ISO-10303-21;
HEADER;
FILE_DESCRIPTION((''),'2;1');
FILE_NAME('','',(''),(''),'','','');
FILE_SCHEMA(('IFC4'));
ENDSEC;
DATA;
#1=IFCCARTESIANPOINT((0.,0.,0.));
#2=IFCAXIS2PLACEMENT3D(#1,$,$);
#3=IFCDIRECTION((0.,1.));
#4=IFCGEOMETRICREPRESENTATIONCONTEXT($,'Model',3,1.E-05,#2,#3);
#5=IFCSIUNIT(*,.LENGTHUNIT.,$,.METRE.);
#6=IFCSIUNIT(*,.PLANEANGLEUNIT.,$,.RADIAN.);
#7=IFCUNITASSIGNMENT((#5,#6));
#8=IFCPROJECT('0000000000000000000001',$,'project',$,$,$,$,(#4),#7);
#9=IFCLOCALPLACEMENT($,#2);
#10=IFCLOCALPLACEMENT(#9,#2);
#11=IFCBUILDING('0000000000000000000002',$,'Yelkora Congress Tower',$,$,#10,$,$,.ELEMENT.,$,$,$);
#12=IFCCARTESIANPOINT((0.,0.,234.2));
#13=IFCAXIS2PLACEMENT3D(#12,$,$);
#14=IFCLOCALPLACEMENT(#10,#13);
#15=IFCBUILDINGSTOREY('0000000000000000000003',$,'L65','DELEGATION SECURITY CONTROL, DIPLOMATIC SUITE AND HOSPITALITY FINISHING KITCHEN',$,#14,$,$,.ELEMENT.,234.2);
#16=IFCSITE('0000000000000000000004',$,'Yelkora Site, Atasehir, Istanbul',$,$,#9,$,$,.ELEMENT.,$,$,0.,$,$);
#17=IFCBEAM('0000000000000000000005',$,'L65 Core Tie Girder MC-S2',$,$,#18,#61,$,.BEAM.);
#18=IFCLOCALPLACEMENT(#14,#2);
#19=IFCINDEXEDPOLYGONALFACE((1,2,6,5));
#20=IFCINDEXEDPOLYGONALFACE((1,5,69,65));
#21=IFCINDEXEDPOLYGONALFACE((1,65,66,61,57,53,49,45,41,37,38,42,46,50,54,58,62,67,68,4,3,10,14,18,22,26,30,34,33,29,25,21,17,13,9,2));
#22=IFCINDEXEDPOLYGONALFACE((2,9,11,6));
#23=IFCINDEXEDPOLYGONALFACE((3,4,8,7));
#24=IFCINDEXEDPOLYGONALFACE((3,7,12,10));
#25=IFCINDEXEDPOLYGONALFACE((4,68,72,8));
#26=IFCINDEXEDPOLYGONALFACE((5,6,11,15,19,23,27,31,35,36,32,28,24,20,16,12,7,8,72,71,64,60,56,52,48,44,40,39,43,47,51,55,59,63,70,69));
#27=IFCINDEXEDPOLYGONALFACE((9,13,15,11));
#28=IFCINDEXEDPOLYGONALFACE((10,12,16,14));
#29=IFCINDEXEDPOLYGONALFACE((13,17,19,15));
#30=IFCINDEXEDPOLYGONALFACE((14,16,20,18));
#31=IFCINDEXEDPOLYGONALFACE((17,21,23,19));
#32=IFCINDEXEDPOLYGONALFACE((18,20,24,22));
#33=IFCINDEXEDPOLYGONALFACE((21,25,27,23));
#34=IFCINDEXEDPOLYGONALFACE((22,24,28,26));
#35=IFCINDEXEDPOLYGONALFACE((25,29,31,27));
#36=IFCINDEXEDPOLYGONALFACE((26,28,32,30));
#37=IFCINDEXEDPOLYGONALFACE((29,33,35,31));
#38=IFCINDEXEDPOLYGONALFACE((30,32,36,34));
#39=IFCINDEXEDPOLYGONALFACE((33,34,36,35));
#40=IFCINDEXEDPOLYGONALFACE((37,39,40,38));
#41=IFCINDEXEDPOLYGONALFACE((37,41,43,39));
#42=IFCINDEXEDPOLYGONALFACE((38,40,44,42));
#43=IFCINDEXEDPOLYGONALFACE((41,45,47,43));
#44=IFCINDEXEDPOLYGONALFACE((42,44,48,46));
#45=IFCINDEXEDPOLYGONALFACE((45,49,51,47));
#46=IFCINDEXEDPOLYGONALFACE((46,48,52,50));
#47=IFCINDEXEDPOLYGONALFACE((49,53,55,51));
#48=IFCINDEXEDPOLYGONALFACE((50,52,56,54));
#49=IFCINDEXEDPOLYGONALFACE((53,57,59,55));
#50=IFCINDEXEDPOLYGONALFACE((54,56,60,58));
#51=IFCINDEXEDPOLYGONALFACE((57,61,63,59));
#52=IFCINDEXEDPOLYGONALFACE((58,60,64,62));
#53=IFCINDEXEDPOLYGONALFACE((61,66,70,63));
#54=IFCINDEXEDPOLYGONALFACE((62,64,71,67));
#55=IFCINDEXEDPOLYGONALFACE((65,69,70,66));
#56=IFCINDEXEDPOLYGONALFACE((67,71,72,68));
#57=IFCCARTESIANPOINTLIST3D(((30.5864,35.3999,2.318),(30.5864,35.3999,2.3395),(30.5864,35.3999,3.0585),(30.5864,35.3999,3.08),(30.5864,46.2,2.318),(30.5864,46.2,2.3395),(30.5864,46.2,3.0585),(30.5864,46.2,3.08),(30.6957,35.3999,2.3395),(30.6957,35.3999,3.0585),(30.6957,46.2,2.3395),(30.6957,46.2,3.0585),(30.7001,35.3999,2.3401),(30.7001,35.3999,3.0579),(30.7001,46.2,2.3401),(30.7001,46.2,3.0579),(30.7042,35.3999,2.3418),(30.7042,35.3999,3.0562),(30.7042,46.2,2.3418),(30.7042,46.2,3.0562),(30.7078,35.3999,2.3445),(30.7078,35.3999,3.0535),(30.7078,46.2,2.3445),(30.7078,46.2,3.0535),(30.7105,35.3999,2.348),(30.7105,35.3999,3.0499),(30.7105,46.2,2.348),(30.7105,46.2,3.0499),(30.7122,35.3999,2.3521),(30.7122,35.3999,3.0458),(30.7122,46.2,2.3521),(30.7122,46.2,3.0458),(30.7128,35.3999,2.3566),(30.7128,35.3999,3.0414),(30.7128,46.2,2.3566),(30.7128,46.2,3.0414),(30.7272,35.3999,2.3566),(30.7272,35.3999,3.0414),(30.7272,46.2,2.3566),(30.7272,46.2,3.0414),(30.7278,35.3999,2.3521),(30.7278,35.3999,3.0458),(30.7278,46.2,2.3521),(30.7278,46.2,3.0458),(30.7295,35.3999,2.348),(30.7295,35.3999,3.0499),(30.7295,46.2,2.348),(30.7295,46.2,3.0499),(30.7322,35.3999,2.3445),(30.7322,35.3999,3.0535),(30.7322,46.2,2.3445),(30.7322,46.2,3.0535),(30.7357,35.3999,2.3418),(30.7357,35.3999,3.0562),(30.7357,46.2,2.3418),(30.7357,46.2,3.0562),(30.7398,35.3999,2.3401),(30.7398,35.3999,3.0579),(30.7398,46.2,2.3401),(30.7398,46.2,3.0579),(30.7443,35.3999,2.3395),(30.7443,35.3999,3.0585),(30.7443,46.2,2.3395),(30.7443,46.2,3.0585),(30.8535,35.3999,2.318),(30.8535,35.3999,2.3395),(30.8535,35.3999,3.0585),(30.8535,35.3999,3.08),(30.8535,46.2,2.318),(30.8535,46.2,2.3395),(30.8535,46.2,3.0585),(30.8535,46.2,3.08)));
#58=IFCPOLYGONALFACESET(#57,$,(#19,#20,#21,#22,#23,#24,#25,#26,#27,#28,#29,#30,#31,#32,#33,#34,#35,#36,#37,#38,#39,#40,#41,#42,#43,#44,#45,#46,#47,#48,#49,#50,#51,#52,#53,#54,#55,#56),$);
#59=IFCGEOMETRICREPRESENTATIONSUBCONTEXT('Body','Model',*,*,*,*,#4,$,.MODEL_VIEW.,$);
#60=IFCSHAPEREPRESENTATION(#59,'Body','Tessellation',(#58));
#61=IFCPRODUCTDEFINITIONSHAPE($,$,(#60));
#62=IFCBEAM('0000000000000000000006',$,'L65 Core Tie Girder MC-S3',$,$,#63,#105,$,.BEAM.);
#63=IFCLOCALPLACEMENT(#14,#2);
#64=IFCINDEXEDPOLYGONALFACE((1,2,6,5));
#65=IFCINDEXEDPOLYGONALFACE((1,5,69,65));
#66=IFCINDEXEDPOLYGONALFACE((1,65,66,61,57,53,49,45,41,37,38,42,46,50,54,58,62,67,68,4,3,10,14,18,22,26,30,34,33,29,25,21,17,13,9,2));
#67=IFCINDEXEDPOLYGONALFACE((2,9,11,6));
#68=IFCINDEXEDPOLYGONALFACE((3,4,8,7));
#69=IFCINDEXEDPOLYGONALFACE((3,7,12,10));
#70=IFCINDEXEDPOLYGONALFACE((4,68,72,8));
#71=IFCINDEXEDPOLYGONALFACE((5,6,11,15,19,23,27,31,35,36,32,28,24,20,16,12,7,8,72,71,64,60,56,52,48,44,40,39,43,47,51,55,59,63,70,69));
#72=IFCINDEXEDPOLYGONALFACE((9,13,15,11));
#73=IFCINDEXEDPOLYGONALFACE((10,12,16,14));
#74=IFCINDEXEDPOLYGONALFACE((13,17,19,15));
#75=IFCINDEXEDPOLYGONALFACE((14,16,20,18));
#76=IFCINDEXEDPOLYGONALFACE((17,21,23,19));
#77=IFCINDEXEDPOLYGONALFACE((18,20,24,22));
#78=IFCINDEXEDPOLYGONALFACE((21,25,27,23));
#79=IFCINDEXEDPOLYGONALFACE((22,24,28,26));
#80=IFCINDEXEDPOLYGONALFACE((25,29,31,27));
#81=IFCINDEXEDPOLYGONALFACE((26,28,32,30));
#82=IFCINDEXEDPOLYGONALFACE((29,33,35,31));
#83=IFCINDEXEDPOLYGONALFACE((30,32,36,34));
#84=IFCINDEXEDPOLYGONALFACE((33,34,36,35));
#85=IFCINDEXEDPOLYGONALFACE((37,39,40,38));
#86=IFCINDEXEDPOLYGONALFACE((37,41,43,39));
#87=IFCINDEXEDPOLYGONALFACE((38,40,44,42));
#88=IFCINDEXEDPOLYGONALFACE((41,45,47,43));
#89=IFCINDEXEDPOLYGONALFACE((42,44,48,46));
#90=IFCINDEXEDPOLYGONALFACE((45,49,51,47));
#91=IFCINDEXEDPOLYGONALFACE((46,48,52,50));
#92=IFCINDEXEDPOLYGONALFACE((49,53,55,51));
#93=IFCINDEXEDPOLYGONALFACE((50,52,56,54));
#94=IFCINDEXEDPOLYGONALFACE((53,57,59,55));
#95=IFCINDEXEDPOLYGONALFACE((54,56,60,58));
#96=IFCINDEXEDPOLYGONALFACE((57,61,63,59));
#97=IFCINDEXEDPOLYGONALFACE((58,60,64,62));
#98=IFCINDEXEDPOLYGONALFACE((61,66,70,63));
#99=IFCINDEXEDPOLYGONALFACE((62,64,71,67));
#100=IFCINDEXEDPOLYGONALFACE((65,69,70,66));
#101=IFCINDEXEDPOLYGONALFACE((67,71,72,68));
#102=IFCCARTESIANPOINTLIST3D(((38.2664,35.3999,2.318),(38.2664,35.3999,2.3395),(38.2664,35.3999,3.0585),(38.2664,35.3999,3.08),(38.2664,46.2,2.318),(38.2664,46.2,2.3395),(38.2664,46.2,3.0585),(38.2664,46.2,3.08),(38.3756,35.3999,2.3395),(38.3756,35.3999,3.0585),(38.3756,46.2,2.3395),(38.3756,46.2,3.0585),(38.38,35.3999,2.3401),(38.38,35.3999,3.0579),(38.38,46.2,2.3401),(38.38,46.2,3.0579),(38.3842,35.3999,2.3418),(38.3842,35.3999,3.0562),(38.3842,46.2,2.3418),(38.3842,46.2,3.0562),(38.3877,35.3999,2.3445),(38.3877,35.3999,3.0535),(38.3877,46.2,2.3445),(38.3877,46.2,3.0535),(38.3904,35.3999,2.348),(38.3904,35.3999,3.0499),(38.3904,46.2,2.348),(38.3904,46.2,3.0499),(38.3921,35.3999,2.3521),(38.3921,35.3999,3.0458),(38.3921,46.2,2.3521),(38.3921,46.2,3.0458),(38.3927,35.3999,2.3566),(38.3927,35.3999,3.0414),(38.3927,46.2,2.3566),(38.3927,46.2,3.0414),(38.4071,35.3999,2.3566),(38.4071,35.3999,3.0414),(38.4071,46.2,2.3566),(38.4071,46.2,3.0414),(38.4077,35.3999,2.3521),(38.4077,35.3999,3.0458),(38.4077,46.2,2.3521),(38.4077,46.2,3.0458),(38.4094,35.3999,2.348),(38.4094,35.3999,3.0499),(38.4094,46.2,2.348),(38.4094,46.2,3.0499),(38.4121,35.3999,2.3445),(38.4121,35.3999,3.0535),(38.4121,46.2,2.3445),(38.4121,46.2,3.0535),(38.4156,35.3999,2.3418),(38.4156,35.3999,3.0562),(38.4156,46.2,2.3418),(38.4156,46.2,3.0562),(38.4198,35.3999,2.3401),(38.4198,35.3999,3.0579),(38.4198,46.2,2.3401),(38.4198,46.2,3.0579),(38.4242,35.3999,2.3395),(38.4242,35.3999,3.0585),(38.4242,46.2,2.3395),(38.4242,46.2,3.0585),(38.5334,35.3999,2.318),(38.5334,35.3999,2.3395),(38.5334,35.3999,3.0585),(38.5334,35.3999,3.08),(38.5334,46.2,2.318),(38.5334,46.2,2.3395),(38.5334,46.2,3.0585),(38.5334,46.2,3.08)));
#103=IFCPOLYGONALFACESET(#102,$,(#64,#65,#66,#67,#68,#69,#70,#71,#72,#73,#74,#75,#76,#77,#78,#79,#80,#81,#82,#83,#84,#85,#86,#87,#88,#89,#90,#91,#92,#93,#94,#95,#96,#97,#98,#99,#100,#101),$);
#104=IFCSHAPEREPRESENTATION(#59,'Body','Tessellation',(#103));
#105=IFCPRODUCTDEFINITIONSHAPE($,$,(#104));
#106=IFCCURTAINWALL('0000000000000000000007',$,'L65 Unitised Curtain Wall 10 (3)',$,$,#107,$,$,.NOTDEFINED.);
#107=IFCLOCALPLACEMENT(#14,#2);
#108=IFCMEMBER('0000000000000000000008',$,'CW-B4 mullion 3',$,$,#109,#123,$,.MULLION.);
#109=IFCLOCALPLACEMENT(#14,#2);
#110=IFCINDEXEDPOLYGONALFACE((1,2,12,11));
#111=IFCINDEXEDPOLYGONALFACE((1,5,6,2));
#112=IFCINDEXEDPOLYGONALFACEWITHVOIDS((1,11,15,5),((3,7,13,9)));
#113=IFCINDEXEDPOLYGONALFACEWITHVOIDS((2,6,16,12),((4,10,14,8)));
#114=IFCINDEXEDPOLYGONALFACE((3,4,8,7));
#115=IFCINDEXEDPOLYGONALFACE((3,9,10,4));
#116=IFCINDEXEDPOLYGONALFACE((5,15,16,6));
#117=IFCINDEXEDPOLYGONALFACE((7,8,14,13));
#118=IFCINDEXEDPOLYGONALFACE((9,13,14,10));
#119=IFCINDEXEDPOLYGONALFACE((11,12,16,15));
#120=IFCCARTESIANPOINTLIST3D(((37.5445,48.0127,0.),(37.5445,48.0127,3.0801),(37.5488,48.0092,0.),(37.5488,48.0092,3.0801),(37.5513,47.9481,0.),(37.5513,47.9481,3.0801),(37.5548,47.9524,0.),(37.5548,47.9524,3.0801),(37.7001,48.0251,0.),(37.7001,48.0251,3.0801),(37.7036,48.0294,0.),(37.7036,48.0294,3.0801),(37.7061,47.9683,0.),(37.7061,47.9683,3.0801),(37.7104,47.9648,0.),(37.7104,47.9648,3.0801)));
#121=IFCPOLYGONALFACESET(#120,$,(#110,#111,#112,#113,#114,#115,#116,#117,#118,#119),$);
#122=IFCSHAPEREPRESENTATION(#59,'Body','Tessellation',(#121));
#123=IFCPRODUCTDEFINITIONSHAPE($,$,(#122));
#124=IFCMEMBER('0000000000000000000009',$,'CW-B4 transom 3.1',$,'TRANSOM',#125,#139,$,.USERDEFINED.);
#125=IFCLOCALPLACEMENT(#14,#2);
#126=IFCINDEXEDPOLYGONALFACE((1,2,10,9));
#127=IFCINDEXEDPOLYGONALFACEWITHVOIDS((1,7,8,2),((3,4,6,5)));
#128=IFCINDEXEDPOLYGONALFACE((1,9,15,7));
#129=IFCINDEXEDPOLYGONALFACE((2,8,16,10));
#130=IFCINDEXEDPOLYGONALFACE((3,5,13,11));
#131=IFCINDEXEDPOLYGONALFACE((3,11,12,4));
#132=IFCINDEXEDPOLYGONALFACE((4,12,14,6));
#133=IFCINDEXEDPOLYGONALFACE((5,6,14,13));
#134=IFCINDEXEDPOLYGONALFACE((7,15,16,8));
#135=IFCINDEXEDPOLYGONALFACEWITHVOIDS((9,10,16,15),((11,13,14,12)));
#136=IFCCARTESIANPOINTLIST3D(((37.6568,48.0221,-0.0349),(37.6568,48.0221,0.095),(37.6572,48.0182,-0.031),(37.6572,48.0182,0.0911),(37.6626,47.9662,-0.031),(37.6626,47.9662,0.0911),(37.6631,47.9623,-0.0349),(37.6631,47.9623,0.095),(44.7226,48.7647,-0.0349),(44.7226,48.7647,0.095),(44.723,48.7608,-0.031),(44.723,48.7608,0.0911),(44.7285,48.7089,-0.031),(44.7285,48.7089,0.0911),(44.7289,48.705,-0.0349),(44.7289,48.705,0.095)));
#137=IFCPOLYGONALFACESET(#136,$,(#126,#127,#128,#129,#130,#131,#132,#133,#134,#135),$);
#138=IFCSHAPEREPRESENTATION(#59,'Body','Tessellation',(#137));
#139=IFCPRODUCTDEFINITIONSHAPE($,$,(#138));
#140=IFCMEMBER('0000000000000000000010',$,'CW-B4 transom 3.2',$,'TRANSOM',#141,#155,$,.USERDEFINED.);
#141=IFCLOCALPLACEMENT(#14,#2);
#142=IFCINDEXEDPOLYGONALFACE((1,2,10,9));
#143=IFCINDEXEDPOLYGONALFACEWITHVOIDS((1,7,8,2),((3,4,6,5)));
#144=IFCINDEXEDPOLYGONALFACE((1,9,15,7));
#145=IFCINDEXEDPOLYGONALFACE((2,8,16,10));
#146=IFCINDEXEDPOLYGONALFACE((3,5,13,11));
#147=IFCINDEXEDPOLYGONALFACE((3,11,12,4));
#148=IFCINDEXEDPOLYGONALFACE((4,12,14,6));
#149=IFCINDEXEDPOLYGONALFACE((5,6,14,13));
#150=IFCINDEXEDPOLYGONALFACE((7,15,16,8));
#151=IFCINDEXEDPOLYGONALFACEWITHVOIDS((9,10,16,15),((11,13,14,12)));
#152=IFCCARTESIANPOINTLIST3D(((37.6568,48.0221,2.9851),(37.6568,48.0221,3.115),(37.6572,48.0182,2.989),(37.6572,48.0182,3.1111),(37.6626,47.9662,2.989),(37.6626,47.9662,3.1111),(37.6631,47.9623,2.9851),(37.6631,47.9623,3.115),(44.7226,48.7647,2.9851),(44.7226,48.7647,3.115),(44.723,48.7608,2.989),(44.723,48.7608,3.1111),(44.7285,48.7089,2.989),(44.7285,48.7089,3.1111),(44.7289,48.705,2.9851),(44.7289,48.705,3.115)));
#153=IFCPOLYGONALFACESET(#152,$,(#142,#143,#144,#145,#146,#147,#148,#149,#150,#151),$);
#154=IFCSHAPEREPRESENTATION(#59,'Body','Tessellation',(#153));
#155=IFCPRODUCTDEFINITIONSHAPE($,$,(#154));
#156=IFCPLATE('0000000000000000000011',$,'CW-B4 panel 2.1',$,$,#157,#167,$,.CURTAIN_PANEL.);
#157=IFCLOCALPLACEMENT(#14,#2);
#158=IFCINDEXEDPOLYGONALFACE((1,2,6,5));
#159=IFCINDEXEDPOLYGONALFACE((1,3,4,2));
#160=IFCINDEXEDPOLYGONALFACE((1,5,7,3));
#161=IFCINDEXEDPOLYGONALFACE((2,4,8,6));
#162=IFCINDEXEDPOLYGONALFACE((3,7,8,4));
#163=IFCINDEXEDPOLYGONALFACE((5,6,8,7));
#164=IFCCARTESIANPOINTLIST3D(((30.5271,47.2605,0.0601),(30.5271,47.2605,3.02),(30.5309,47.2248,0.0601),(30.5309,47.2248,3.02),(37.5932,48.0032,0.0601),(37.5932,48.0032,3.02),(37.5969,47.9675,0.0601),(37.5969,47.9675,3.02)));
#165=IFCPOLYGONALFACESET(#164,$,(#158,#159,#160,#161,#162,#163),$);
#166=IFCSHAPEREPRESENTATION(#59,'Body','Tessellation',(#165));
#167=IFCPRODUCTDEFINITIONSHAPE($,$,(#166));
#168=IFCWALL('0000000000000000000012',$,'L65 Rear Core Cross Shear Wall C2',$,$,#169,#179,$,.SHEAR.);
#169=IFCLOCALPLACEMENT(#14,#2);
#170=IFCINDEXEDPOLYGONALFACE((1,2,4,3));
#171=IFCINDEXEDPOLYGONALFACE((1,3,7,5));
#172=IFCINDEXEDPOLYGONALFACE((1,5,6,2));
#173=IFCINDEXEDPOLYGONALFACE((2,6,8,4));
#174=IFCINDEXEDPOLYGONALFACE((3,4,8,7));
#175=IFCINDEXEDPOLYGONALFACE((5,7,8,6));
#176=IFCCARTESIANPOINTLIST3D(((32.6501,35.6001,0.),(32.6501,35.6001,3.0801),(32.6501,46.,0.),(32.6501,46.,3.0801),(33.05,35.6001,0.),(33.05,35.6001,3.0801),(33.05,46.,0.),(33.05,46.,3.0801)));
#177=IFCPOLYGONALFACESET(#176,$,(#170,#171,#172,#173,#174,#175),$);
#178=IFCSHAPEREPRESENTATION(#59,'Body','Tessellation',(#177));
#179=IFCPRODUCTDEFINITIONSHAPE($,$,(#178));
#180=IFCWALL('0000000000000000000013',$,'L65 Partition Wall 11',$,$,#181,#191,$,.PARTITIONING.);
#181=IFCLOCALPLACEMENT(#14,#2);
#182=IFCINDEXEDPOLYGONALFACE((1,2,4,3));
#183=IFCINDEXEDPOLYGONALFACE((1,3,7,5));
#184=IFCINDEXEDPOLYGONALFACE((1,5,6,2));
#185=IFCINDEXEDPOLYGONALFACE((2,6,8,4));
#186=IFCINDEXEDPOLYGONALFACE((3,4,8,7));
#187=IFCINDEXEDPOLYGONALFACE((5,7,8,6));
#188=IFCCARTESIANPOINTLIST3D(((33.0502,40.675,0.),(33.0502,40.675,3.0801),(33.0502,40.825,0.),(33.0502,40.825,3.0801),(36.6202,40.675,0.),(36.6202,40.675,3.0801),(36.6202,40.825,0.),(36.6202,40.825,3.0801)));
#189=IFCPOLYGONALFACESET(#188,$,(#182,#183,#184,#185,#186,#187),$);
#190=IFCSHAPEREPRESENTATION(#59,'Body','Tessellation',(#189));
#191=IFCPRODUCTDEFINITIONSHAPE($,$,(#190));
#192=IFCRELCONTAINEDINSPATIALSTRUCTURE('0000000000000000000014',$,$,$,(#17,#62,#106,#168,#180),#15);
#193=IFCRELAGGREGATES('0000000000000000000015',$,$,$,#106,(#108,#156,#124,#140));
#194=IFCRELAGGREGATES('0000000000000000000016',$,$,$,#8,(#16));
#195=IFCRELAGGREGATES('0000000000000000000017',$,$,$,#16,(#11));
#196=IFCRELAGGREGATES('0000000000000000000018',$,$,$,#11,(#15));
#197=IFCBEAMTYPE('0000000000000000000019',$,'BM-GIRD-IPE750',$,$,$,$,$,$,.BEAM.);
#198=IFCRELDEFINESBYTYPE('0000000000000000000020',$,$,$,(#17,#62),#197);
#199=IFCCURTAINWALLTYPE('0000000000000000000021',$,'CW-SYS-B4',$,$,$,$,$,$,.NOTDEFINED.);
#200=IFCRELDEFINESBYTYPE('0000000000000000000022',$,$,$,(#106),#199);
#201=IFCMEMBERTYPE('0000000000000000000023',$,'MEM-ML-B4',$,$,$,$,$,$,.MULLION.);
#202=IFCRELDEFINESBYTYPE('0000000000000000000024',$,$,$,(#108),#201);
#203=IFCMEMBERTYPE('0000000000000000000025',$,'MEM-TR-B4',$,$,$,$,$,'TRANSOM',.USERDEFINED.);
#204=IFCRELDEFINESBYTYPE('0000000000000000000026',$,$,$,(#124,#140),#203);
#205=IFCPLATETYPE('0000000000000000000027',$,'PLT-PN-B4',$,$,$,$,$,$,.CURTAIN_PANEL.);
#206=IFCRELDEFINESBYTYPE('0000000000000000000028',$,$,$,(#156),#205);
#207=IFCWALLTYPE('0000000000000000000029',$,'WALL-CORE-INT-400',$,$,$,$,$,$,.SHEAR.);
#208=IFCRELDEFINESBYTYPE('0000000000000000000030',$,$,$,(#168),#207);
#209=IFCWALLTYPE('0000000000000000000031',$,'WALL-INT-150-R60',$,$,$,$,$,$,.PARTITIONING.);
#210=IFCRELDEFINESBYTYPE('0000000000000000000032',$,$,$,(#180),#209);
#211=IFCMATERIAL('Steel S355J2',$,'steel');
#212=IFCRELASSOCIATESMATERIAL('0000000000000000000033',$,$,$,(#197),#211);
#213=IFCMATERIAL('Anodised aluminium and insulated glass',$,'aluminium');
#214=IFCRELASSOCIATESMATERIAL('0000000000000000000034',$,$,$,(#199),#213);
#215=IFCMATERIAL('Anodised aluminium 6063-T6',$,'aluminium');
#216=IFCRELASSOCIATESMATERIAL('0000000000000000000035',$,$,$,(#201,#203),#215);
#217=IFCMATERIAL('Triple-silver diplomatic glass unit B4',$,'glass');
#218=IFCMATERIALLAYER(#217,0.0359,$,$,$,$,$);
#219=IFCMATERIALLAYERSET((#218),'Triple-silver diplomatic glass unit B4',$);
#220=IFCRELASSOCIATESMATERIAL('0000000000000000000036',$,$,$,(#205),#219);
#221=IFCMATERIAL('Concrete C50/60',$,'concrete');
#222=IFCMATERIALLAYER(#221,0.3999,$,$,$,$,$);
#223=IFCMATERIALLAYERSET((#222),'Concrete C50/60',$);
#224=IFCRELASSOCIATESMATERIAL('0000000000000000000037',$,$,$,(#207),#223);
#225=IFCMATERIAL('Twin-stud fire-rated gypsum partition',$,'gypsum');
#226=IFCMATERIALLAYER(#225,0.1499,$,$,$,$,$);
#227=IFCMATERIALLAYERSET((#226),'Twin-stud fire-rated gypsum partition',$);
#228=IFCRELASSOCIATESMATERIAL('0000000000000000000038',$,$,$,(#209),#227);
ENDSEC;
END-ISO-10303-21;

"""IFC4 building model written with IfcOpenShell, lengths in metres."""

from ifc_helpers import new_model, si_unit, direction, frame, frame_2d, origin, origin_2d, place, context, subcontext, project, spatial, rectangle, hollow_rectangle, i_section, extrude, material, layer, layer_set, material_profile, profile_set, type_object, element, aggregate, save


model = new_model("IFC4")

# Units and contexts
model_context = context("Model", 3, precision=1e-05, world=origin(), true_north=direction((0.0, 1.0)))
body_context = subcontext(model_context, "Body", "Model", "MODEL_VIEW")
ifc_project = project(units=[si_unit("LENGTHUNIT", "METRE"), si_unit("PLANEANGLEUNIT", "RADIAN")], contexts=[model_context])

# Site, building, storey
site_placement = place(None, origin())
site = spatial("IfcSite", under=ifc_project, at=site_placement, Name="Yelkora Site, Atasehir, Istanbul", CompositionType="ELEMENT", RefElevation=0.0)
building_placement = place(site_placement, origin())
building = spatial("IfcBuilding", under=site, at=building_placement, Name="Yelkora Congress Tower", CompositionType="ELEMENT")
storey_placement = place(building_placement, frame((0.0, 0.0, 234.2)))
storey = spatial("IfcBuildingStorey", under=building, at=storey_placement, Name="L65", Description="DELEGATION SECURITY CONTROL, DIPLOMATIC SUITE AND HOSPITALITY FINISHING KITCHEN", CompositionType="ELEMENT", Elevation=234.2)

# Beams
ifc_material_1 = material(Name="Steel S355J2", Category="steel")
ifc_material_profile_1 = material_profile(ifc_material_1, i_section(OverallWidth=0.2671, OverallDepth=0.762, WebThickness=0.0144, FlangeThickness=0.0215, FilletRadius=0.0171, at=origin_2d()), Name="IPE 750x173")
ifc_profile_set_1 = profile_set([ifc_material_profile_1], Name="Steel S355J2")
beam_type = type_object("IfcBeamType", Name="BM-GIRD-IPE750", PredefinedType="BEAM", material=ifc_profile_set_1)
for number, where, z_axis, x_axis, name in (
    (1, (30.72, 35.3999, 2.699), (0.0, 1.0, 0.0), (-1.0, 0.0, 0.0), "L65 Core Tie Girder MC-S2"),
    (2, (38.3999, 35.3999, 2.699), (0.0, 1.0, 0.0), (-1.0, 0.0, 0.0), "L65 Core Tie Girder MC-S3"),
):
    element("IfcBeam", number, at=place(storey_placement, frame(where, z_axis=z_axis, x_axis=x_axis)), inside=storey, type_object=beam_type, Name=name, PredefinedType="BEAM", context=body_context, shape_type="SweptSolid", body=[
        extrude(i_section(OverallWidth=0.2671, OverallDepth=0.762, WebThickness=0.0144, FlangeThickness=0.0215, FilletRadius=0.0171, at=origin_2d()), origin(), (0.0, 0.0, 1.0), 10.8),
    ])

# Curtain wall, members, plate
ifc_material_2 = material(Name="Anodised aluminium and insulated glass", Category="aluminium")
curtain_wall_type = type_object("IfcCurtainWallType", Name="CW-SYS-B4", PredefinedType="NOTDEFINED", material=ifc_material_2)
curtain_wall_placement = place(storey_placement, origin())
curtain_wall = element("IfcCurtainWall", 3, at=curtain_wall_placement, inside=storey, type_object=curtain_wall_type, Name="L65 Unitised Curtain Wall 10 (3)", PredefinedType="NOTDEFINED")
ifc_material_3 = material(Name="Anodised aluminium 6063-T6", Category="aluminium")
ifc_material_profile_2 = material_profile(ifc_material_3, hollow_rectangle(XDim=0.0649, YDim=0.1599, WallThickness=0.0039, at=origin_2d()), Name="ALU 65x160x4")
ifc_profile_set_2 = profile_set([ifc_material_profile_2], Name="Anodised aluminium 6063-T6")
member_type_1 = type_object("IfcMemberType", Name="MEM-ML-B4", PredefinedType="MULLION", material=ifc_profile_set_2)
member_1_placement = place(storey_placement, frame((37.6274, 47.9888, 0.0), z_axis=(0.0, 0.0, 1.0), x_axis=(-0.104528, 0.994522, 0.0)))
member_1 = element("IfcMember", 4, at=member_1_placement, type_object=member_type_1, Name="CW-B4 mullion 3", PredefinedType="MULLION", context=body_context, shape_type="SweptSolid", body=[
    extrude(hollow_rectangle(XDim=0.0649, YDim=0.1599, WallThickness=0.0039, at=origin_2d()), origin(), (0.0, 0.0, 1.0), 3.0801),
])
ifc_material_profile_3 = material_profile(ifc_material_3, hollow_rectangle(XDim=0.0601, YDim=0.1299, WallThickness=0.0039, at=origin_2d()), Name="ALU 60x130x4")
ifc_profile_set_3 = profile_set([ifc_material_profile_3], Name="Anodised aluminium 6063-T6")
member_type_2 = type_object("IfcMemberType", Name="MEM-TR-B4", ElementType="TRANSOM", PredefinedType="USERDEFINED", material=ifc_profile_set_3)
member_2_placement = place(storey_placement, frame((37.6599, 47.9922, 0.03), z_axis=(0.994522, 0.104531, 0.0), x_axis=(-0.104531, 0.994522, 0.0)))
member_2 = element("IfcMember", 5, at=member_2_placement, type_object=member_type_2, Name="CW-B4 transom 3.1", ObjectType="TRANSOM", PredefinedType="USERDEFINED", context=body_context, shape_type="SweptSolid", body=[
    extrude(hollow_rectangle(XDim=0.0601, YDim=0.1299, WallThickness=0.0039, at=origin_2d()), origin(), (0.0, 0.0, 1.0), 7.1047),
])
member_3_placement = place(storey_placement, frame((37.6599, 47.9922, 3.05), z_axis=(0.994522, 0.104531, 0.0), x_axis=(-0.104531, 0.994522, 0.0)))
member_3 = element("IfcMember", 6, at=member_3_placement, type_object=member_type_2, Name="CW-B4 transom 3.2", ObjectType="TRANSOM", PredefinedType="USERDEFINED", context=body_context, shape_type="SweptSolid", body=[
    extrude(hollow_rectangle(XDim=0.0601, YDim=0.1299, WallThickness=0.0039, at=origin_2d()), origin(), (0.0, 0.0, 1.0), 7.1047),
])
ifc_material_4 = material(Name="Triple-silver diplomatic glass unit B4", Category="glass")
ifc_layer_1 = layer(ifc_material_4, 0.0359)
ifc_layer_set_1 = layer_set([ifc_layer_1], Name="Triple-silver diplomatic glass unit B4")
plate_type = type_object("IfcPlateType", Name="PLT-PN-B4", PredefinedType="CURTAIN_PANEL", material=ifc_layer_set_1)
plate_placement = place(storey_placement, frame((34.062, 47.614, 0.0601), z_axis=(0.0, 0.0, 1.0), x_axis=(0.994522, 0.104528, 0.0)))
plate = element("IfcPlate", 7, at=plate_placement, type_object=plate_type, Name="CW-B4 panel 2.1", PredefinedType="CURTAIN_PANEL", context=body_context, shape_type="SweptSolid", body=[
    extrude(rectangle(XDim=7.105, YDim=0.0359, at=origin_2d()), origin(), (0.0, 0.0, 1.0), 2.96),
])
aggregate(curtain_wall, [member_1, plate, member_2, member_3])

# Walls
ifc_material_5 = material(Name="Concrete C50/60", Category="concrete")
ifc_layer_2 = layer(ifc_material_5, 0.3999)
ifc_layer_set_2 = layer_set([ifc_layer_2], Name="Concrete C50/60")
wall_type_1 = type_object("IfcWallType", Name="WALL-CORE-INT-400", PredefinedType="SHEAR", material=ifc_layer_set_2)
wall_1_placement = place(storey_placement, frame((32.8501, 35.6001, 0.0), z_axis=(0.0, 0.0, 1.0), x_axis=(0.0, 1.0, 0.0)))
element("IfcWall", 8, at=wall_1_placement, inside=storey, type_object=wall_type_1, Name="L65 Rear Core Cross Shear Wall C2", PredefinedType="SHEAR", context=body_context, shape_type="SweptSolid", body=[
    extrude(rectangle(XDim=10.3999, YDim=0.3999, at=frame_2d((5.2, 0.0))), origin(), (0.0, 0.0, 1.0), 3.0801),
])
ifc_material_6 = material(Name="Twin-stud fire-rated gypsum partition", Category="gypsum")
ifc_layer_3 = layer(ifc_material_6, 0.1499)
ifc_layer_set_3 = layer_set([ifc_layer_3], Name="Twin-stud fire-rated gypsum partition")
wall_type_2 = type_object("IfcWallType", Name="WALL-INT-150-R60", PredefinedType="PARTITIONING", material=ifc_layer_set_3)
wall_2_placement = place(storey_placement, frame((33.05, 40.75, 0.0), z_axis=(0.0, 0.0, 1.0), x_axis=(1.0, 0.0, 0.0)))
element("IfcWall", 9, at=wall_2_placement, inside=storey, type_object=wall_type_2, Name="L65 Partition Wall 11", PredefinedType="PARTITIONING", context=body_context, shape_type="SweptSolid", body=[
    extrude(rectangle(XDim=3.5701, YDim=0.1499, at=frame_2d((1.7852, 0.0))), origin(), (0.0, 0.0, 1.0), 3.0801),
])

save(model, "model.ifc")
